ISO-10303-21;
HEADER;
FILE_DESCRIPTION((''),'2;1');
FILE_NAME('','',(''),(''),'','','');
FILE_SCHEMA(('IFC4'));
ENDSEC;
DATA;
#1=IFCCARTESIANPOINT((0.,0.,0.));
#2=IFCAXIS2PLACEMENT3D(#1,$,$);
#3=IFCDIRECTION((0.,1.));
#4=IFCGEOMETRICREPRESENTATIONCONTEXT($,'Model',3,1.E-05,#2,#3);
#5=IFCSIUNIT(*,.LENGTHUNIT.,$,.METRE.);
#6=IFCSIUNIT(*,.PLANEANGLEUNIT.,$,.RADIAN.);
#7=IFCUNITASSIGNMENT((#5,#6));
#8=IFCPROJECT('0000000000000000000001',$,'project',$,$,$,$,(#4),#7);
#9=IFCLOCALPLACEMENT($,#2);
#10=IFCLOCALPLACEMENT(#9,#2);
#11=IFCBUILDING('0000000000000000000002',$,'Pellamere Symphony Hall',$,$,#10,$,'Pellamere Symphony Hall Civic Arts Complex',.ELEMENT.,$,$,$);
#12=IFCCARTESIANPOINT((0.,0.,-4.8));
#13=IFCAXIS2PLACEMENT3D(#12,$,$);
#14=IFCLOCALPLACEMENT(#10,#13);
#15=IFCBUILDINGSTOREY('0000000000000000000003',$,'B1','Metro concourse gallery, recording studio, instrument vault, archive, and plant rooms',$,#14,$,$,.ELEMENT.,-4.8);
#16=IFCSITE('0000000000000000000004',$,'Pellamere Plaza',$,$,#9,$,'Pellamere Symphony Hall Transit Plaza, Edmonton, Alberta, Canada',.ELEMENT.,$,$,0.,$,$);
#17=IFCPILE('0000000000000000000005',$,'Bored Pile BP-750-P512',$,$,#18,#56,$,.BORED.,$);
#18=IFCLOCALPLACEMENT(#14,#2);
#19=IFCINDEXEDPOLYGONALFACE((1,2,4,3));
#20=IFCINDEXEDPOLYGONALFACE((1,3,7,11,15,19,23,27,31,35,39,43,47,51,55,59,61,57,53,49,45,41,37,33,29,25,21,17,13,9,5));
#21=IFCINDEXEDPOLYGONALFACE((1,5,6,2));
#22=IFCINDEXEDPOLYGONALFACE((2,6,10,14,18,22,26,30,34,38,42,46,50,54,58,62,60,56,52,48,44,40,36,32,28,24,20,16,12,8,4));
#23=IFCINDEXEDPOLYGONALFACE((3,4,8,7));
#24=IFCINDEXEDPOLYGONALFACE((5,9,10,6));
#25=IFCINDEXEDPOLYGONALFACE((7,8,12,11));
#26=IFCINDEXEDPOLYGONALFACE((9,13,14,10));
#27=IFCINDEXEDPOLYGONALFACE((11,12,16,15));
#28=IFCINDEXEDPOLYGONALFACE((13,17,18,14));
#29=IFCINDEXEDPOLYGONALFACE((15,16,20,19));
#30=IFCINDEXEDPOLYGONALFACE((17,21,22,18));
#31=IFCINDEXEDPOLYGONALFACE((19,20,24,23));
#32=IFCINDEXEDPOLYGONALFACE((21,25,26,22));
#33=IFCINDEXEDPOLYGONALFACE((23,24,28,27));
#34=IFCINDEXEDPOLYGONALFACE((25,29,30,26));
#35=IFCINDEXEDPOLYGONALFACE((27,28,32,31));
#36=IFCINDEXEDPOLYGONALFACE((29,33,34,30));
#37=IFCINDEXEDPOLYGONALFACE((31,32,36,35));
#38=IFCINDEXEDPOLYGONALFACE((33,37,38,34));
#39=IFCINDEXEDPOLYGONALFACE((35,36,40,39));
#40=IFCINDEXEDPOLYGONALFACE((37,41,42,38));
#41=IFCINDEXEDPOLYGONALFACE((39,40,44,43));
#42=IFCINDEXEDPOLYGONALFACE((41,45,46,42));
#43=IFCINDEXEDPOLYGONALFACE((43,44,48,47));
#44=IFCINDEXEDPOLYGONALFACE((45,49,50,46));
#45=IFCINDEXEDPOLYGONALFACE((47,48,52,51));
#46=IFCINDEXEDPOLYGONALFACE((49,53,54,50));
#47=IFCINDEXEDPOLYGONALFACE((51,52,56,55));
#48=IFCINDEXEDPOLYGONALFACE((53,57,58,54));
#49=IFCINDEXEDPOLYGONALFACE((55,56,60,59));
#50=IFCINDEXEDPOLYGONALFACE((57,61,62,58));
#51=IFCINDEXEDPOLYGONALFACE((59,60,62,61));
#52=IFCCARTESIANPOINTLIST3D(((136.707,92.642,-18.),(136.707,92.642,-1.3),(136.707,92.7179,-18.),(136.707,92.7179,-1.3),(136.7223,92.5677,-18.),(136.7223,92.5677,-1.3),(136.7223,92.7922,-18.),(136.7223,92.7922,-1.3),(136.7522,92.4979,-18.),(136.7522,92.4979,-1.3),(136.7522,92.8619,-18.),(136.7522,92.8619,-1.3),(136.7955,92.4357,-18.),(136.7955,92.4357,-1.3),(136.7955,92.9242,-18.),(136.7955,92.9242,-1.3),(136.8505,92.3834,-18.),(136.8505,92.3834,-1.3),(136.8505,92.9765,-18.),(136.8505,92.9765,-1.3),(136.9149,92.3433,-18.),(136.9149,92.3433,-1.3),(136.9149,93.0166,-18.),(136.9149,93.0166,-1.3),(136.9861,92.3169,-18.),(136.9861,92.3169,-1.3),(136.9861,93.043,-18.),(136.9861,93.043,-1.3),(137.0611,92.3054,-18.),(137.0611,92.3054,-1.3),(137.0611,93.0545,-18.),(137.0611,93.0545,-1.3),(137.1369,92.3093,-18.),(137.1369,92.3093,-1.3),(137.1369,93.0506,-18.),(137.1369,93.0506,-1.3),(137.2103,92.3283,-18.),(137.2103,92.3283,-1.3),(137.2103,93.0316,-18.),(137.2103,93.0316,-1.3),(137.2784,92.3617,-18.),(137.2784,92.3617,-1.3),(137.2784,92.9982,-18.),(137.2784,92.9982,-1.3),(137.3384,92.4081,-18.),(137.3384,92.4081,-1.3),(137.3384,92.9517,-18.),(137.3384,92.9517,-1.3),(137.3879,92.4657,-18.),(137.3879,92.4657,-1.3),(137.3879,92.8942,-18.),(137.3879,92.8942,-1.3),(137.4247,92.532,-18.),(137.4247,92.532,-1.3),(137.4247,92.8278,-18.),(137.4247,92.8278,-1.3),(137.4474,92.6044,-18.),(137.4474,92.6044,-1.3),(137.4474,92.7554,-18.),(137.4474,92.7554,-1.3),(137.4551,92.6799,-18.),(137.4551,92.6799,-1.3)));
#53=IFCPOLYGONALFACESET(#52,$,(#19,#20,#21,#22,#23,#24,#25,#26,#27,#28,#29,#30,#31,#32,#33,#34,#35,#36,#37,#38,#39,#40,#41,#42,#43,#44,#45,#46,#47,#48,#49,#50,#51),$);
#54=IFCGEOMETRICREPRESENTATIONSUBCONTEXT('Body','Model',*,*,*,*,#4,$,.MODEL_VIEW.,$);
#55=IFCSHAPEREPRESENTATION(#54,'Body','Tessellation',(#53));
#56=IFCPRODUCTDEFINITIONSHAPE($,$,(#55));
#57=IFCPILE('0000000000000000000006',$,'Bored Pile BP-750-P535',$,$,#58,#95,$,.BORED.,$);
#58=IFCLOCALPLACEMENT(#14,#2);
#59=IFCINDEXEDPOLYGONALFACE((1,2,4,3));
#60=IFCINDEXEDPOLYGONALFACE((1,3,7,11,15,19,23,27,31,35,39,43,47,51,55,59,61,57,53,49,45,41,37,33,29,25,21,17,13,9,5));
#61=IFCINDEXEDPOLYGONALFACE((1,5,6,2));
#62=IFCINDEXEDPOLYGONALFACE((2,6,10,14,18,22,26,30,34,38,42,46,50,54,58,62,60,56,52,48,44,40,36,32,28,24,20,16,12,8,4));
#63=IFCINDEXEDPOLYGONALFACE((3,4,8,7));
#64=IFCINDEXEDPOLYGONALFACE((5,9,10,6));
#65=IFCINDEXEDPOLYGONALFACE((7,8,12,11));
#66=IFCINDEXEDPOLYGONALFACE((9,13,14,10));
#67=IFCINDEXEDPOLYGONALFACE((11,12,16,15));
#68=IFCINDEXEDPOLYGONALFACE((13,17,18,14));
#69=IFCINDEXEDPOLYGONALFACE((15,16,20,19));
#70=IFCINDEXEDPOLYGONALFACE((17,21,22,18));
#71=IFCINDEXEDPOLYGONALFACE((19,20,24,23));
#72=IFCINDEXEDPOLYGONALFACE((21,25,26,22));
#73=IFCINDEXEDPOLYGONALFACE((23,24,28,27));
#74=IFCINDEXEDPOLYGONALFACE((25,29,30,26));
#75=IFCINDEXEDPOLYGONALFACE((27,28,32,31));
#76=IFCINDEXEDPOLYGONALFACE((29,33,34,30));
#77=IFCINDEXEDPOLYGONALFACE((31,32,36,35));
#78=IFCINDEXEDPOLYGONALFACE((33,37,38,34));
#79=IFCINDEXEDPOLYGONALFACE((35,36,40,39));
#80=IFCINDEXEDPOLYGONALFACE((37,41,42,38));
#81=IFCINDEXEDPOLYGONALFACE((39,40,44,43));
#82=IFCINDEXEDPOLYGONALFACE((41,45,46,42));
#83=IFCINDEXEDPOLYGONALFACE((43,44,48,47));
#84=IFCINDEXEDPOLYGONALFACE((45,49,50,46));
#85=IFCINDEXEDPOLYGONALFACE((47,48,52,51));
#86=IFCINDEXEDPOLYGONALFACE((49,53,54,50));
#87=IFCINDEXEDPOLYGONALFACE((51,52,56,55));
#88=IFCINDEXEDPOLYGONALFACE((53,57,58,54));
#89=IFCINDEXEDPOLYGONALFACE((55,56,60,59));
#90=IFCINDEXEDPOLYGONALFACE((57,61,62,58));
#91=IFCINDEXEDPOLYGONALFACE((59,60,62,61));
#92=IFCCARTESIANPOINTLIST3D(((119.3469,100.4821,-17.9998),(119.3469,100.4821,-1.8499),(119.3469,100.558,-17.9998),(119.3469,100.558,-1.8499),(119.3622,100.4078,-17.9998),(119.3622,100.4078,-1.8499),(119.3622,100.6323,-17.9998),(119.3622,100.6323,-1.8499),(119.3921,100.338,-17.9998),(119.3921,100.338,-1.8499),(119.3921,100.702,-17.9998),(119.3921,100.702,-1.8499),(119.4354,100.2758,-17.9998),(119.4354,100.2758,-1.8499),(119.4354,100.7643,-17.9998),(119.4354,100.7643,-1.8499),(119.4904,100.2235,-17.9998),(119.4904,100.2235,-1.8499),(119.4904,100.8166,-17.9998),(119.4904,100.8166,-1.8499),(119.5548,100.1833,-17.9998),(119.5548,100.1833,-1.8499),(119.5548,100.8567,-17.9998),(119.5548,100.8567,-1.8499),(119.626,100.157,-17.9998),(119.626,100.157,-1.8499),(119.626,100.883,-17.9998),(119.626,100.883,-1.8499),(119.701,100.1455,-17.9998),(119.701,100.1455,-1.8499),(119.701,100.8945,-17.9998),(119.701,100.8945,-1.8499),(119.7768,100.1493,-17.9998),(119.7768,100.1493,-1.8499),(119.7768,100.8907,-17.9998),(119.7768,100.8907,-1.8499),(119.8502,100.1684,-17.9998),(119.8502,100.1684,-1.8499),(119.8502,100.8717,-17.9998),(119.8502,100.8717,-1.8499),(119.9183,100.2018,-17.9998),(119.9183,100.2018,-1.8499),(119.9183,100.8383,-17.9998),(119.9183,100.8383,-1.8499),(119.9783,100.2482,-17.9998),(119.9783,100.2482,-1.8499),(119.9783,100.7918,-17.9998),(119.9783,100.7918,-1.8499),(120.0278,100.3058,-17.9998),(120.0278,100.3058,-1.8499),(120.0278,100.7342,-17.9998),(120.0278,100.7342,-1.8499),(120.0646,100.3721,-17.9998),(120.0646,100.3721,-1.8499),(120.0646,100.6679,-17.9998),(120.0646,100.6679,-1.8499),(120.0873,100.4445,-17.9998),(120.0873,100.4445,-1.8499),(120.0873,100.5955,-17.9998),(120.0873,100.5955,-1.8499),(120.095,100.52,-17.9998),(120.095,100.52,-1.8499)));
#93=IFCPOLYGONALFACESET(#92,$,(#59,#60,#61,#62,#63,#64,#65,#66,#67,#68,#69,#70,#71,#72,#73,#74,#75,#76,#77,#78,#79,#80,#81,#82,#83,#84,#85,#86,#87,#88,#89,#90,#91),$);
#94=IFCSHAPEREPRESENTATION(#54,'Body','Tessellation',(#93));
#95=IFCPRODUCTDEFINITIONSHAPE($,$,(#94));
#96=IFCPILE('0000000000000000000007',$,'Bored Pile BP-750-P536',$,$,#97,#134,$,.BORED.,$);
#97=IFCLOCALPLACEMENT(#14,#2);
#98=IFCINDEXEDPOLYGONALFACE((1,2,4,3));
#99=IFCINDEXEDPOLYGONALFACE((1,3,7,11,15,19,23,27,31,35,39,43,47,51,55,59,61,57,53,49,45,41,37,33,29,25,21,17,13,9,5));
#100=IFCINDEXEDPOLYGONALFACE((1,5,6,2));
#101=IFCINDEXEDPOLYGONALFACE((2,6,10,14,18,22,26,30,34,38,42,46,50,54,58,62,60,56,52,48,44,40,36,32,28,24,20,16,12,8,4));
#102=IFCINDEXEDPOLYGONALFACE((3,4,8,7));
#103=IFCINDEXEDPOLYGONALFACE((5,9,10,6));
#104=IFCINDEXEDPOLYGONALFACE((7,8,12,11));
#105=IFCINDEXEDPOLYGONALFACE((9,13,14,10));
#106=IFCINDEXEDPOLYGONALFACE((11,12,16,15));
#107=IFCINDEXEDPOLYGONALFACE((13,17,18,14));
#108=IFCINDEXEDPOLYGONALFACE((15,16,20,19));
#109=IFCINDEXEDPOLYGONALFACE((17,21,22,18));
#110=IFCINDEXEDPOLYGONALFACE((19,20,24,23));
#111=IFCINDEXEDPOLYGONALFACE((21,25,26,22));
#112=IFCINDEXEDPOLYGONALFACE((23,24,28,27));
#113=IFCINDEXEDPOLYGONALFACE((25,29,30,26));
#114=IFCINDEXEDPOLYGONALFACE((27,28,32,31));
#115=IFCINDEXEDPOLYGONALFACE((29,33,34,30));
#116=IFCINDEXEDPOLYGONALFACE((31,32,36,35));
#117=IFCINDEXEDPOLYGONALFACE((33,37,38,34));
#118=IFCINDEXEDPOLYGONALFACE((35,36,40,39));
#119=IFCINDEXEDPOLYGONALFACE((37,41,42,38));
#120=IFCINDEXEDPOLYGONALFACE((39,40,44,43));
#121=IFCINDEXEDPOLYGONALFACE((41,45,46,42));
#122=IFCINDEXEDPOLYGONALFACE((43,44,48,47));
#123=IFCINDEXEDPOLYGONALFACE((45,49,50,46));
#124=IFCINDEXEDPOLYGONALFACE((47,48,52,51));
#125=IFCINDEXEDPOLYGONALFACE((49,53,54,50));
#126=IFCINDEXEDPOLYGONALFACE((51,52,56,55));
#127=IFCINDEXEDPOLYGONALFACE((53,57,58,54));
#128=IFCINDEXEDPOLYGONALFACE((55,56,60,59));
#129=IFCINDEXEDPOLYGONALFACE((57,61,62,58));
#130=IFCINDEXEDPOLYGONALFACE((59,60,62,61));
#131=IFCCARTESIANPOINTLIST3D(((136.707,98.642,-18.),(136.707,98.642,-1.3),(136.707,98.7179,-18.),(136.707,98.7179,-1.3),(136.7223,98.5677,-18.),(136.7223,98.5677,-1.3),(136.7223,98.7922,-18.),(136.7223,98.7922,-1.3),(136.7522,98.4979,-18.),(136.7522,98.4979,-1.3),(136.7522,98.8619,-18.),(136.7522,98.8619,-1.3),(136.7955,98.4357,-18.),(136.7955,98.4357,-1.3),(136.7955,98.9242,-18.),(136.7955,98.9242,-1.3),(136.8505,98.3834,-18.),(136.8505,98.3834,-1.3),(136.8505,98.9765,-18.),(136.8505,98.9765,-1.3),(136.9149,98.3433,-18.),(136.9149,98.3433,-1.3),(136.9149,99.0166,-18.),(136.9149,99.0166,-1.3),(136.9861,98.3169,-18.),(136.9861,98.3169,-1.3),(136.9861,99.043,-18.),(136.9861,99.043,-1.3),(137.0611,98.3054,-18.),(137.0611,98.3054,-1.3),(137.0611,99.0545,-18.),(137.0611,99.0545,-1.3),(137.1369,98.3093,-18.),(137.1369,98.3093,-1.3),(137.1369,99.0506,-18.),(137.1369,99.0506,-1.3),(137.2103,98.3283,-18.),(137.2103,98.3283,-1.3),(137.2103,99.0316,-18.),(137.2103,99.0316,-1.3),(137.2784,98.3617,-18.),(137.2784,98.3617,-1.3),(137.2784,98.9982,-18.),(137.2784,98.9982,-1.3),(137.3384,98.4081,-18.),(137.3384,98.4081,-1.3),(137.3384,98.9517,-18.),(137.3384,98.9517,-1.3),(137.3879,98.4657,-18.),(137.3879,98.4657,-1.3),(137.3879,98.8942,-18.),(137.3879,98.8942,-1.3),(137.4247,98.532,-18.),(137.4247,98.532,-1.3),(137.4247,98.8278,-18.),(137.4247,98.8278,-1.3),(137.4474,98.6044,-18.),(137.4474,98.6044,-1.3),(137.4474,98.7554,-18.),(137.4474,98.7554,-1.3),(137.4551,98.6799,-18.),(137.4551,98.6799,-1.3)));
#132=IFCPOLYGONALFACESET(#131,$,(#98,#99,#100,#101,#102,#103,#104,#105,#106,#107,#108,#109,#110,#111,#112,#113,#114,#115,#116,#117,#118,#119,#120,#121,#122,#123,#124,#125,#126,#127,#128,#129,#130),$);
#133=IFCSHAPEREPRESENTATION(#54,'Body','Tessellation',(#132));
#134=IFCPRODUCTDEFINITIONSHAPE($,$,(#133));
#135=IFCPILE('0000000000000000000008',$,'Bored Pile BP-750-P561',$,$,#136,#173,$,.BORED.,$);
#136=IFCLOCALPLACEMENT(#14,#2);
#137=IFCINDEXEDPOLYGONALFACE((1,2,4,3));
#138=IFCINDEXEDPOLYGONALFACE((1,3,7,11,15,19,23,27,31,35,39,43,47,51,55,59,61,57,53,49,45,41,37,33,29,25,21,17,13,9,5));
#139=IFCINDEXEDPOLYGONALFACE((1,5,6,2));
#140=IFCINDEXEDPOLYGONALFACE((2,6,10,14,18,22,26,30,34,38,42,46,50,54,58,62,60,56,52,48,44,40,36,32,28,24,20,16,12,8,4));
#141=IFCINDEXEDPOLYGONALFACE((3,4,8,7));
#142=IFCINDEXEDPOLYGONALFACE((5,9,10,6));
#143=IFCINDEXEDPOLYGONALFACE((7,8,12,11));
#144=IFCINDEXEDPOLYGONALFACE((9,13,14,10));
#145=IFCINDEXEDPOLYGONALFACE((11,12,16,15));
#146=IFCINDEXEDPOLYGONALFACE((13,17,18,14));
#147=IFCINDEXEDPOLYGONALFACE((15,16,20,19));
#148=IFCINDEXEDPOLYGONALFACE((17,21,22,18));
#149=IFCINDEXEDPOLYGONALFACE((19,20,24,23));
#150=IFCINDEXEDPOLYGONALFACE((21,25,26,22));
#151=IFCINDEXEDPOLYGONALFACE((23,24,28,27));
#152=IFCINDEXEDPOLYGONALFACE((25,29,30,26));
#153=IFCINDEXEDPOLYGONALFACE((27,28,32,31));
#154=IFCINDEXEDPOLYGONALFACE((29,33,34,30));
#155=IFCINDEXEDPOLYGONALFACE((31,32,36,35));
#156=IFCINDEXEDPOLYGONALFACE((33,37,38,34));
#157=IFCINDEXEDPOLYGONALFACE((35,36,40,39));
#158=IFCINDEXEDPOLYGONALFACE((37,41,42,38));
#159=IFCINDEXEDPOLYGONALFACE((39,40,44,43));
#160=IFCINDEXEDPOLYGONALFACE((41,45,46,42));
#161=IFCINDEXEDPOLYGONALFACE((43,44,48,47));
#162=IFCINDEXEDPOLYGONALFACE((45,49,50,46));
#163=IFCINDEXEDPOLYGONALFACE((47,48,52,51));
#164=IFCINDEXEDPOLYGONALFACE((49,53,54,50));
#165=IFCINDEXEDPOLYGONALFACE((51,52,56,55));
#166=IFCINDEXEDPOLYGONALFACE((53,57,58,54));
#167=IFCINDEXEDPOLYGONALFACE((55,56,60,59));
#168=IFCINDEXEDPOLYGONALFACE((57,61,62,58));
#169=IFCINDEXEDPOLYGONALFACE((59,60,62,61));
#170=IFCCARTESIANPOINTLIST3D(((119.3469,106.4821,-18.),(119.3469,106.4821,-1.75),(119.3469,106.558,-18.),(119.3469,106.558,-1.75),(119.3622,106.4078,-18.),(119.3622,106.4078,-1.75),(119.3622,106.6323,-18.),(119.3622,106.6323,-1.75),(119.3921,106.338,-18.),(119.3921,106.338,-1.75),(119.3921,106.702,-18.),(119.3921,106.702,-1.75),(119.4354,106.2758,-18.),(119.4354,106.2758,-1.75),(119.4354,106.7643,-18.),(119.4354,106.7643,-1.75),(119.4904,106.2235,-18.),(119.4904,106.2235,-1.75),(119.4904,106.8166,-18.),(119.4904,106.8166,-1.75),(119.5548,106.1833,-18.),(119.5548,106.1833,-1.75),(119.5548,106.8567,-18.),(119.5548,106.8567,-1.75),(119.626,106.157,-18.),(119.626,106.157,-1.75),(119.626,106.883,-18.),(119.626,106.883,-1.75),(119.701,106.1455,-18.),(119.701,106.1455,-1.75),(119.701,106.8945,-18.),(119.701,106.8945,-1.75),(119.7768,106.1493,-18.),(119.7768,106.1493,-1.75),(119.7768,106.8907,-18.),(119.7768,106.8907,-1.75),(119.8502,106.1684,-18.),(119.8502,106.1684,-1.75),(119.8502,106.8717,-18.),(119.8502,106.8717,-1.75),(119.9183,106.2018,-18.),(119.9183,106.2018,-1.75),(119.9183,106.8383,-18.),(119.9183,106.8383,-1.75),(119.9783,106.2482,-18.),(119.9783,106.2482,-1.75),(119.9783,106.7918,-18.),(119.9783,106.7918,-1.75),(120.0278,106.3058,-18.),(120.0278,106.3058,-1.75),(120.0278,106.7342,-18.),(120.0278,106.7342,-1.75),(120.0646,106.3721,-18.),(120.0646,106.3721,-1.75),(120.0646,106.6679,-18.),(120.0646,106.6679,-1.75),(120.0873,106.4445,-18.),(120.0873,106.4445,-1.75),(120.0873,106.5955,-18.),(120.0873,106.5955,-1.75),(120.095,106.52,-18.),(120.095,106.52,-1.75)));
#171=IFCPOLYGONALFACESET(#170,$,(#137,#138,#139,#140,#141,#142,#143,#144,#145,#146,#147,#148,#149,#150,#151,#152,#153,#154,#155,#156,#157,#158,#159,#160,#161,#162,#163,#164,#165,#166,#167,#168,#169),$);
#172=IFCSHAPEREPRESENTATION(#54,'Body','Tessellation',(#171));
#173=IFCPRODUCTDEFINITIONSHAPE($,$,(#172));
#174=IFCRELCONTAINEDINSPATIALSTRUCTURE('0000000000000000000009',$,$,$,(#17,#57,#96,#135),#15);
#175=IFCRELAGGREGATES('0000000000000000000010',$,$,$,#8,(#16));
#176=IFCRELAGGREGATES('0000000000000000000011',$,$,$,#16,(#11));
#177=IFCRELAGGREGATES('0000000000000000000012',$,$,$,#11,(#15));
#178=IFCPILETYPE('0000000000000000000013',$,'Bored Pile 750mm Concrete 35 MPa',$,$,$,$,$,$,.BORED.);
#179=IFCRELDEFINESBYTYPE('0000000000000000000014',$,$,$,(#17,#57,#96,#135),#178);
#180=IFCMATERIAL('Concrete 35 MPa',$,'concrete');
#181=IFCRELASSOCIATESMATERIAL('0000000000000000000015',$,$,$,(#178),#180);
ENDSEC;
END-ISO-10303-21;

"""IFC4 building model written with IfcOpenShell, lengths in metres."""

from ifc_helpers import new_model, si_unit, direction, frame, origin, origin_2d, place, context, subcontext, project, spatial, circle, extrude, material, material_profile, profile_set, type_object, element, save


model = new_model("IFC4")

# Units and contexts
model_context = context("Model", 3, precision=1e-05, world=origin(), true_north=direction((0.0, 1.0)))
body_context = subcontext(model_context, "Body", "Model", "MODEL_VIEW")
ifc_project = project(units=[si_unit("LENGTHUNIT", "METRE"), si_unit("PLANEANGLEUNIT", "RADIAN")], contexts=[model_context])

# Site, building, storey
site_placement = place(None, origin())
site = spatial("IfcSite", under=ifc_project, at=site_placement, Name="Pellamere Plaza", LongName="Pellamere Symphony Hall Transit Plaza, Edmonton, Alberta, Canada", CompositionType="ELEMENT", RefElevation=0.0)
building_placement = place(site_placement, origin())
building = spatial("IfcBuilding", under=site, at=building_placement, Name="Pellamere Symphony Hall", LongName="Pellamere Symphony Hall Civic Arts Complex", CompositionType="ELEMENT")
storey_placement = place(building_placement, frame((0.0, 0.0, -4.8)))
storey = spatial("IfcBuildingStorey", under=building, at=storey_placement, Name="B1", Description="Metro concourse gallery, recording studio, instrument vault, archive, and plant rooms", CompositionType="ELEMENT", Elevation=-4.8)

# Piles
ifc_material_1 = material(Name="Concrete 35 MPa", Category="concrete")
ifc_material_profile_1 = material_profile(ifc_material_1, circle(Radius=0.375, at=origin_2d()), Name="PILE D750")
ifc_profile_set_1 = profile_set([ifc_material_profile_1], Name="Concrete 35 MPa")
pile_type = type_object("IfcPileType", Name="Bored Pile 750mm Concrete 35 MPa", PredefinedType="BORED", material=ifc_profile_set_1)
pile_1_placement = place(storey_placement, frame((137.0801, 92.6799, -1.3), z_axis=(0.0, 0.0, -1.0), x_axis=(1.0, 0.0, 0.0)))
element("IfcPile", 1, at=pile_1_placement, inside=storey, type_object=pile_type, Name="Bored Pile BP-750-P512", PredefinedType="BORED", context=body_context, shape_type="SweptSolid", body=[
    extrude(circle(Radius=0.375, at=origin_2d()), origin(), (0.0, 0.0, 1.0), 16.7),
])
pile_2_placement = place(storey_placement, frame((119.72, 100.52, -1.8499), z_axis=(0.0, 0.0, -1.0), x_axis=(1.0, 0.0, 0.0)))
element("IfcPile", 2, at=pile_2_placement, inside=storey, type_object=pile_type, Name="Bored Pile BP-750-P535", PredefinedType="BORED", context=body_context, shape_type="SweptSolid", body=[
    extrude(circle(Radius=0.375, at=origin_2d()), origin(), (0.0, 0.0, 1.0), 16.1499),
])
pile_3_placement = place(storey_placement, frame((137.0801, 98.6799, -1.3), z_axis=(0.0, 0.0, -1.0), x_axis=(1.0, 0.0, 0.0)))
element("IfcPile", 3, at=pile_3_placement, inside=storey, type_object=pile_type, Name="Bored Pile BP-750-P536", PredefinedType="BORED", context=body_context, shape_type="SweptSolid", body=[
    extrude(circle(Radius=0.375, at=origin_2d()), origin(), (0.0, 0.0, 1.0), 16.7),
])
for number, where, z_axis, x_axis, name in (
    (4, (119.72, 106.52, -1.75), (0.0, 0.0, -1.0), (1.0, 0.0, 0.0), "Bored Pile BP-750-P561"),
):
    element("IfcPile", number, at=place(storey_placement, frame(where, z_axis=z_axis, x_axis=x_axis)), inside=storey, type_object=pile_type, Name=name, PredefinedType="BORED", context=body_context, shape_type="SweptSolid", body=[
        extrude(circle(Radius=0.375, at=origin_2d()), origin(), (0.0, 0.0, 1.0), 16.25),
    ])

save(model, "model.ifc")
